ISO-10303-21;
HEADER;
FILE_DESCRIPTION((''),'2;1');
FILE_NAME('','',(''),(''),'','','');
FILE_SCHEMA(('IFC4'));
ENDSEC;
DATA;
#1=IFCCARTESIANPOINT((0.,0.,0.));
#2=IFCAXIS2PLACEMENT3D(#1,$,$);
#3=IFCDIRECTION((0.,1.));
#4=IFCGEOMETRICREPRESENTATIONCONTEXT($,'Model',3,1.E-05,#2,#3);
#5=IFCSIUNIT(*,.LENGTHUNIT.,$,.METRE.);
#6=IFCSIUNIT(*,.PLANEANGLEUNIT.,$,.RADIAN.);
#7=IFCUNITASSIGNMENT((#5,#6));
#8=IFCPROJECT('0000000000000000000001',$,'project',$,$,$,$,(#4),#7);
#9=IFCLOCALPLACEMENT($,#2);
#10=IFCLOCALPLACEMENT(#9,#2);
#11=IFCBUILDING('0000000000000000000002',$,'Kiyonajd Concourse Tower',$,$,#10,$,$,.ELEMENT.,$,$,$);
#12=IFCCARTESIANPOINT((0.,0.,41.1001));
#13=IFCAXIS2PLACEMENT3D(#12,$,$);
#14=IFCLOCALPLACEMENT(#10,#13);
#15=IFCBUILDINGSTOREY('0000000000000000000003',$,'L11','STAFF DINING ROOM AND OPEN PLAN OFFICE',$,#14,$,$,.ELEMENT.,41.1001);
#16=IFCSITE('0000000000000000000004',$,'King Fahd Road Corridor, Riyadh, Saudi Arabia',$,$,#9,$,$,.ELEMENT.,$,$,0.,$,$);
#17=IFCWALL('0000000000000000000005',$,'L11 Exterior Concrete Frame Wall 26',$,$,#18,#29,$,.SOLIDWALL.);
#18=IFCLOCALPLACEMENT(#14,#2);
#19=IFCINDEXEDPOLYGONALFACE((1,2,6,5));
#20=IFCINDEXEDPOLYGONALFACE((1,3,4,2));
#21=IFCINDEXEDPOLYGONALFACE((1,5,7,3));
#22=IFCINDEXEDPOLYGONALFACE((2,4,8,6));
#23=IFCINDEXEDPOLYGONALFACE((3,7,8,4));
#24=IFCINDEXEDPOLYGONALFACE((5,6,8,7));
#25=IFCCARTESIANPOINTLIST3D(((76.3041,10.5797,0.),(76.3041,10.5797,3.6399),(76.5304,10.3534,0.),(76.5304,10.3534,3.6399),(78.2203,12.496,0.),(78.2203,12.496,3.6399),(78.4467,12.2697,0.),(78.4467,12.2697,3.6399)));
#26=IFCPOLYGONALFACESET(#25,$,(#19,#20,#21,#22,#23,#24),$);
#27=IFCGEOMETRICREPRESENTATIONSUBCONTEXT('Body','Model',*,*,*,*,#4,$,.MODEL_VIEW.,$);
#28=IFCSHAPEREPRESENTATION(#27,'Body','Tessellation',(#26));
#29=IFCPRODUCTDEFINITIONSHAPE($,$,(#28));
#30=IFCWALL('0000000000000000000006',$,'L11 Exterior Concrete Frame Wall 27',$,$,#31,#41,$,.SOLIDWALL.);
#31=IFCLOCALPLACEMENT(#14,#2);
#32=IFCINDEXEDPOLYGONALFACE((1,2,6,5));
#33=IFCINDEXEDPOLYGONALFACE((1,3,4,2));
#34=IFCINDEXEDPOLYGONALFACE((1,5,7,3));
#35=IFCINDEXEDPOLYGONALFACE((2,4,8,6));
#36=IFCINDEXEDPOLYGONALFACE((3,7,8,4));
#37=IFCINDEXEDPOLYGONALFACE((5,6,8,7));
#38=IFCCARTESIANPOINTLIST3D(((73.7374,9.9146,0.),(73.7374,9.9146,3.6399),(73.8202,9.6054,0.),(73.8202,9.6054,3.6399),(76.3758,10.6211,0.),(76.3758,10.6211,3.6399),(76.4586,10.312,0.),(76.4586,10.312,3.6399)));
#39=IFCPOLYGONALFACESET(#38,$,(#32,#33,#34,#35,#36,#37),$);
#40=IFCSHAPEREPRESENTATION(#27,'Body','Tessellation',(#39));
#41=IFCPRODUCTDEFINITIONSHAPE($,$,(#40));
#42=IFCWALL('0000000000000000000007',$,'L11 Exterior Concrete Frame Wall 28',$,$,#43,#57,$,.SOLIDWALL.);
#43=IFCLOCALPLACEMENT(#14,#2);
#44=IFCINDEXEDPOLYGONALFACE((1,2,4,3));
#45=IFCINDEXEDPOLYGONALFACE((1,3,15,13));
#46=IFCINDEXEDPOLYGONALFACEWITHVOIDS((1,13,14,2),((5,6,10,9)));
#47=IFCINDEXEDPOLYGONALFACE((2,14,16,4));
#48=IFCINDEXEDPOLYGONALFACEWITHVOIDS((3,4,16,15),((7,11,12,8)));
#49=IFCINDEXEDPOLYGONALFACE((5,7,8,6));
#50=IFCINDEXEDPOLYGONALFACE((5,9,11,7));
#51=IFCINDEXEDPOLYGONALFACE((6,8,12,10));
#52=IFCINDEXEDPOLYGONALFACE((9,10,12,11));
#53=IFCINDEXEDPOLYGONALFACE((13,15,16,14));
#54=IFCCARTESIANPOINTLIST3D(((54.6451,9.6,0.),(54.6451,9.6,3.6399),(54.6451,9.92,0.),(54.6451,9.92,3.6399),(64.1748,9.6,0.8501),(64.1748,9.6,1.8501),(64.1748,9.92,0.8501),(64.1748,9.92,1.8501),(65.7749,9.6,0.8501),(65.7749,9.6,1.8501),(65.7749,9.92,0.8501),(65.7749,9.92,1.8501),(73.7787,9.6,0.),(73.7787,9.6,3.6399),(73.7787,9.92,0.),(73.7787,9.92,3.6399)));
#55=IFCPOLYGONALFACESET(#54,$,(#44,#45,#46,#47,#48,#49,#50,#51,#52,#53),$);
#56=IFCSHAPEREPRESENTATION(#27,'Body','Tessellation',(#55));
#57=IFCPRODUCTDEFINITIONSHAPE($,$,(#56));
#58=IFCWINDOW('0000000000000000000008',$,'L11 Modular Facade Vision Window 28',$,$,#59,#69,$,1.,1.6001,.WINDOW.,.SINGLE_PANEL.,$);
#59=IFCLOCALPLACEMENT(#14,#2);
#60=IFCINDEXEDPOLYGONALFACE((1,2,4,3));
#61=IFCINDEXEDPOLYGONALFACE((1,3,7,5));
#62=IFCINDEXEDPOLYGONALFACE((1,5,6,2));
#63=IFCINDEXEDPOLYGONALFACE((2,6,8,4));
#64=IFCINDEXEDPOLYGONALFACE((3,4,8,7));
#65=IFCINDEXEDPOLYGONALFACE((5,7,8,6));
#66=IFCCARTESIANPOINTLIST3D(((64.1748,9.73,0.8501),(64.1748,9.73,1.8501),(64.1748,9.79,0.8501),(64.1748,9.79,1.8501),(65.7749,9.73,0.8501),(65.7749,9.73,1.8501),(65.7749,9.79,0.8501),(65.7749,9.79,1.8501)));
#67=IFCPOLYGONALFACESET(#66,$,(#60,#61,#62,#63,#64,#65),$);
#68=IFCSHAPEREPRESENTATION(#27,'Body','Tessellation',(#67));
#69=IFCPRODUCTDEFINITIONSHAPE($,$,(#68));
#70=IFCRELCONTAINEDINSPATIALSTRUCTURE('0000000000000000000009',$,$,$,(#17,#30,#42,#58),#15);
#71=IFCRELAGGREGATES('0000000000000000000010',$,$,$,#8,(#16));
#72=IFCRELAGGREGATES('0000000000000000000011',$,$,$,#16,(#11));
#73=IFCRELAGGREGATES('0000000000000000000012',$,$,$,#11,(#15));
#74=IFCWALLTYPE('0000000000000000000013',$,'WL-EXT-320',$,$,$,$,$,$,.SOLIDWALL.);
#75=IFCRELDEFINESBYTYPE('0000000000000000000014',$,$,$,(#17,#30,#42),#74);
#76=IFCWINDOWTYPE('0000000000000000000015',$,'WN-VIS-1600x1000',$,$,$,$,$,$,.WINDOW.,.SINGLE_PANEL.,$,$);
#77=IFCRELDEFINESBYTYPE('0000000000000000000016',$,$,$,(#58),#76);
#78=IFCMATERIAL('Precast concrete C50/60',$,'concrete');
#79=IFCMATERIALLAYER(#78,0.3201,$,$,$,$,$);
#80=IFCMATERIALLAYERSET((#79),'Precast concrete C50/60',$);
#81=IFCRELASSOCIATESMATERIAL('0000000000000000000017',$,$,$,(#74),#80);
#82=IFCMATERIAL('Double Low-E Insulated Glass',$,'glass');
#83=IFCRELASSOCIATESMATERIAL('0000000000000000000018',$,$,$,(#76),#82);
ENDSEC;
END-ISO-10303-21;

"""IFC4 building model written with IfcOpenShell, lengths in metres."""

from ifc_helpers import new_model, si_unit, direction, frame, frame_2d, origin, place, context, subcontext, project, spatial, rectangle, extrude, material, layer, layer_set, type_object, element, fill, save


model = new_model("IFC4")

# Units and contexts
model_context = context("Model", 3, precision=1e-05, world=origin(), true_north=direction((0.0, 1.0)))
body_context = subcontext(model_context, "Body", "Model", "MODEL_VIEW")
ifc_project = project(units=[si_unit("LENGTHUNIT", "METRE"), si_unit("PLANEANGLEUNIT", "RADIAN")], contexts=[model_context])

# Site, building, storey
site_placement = place(None, origin())
site = spatial("IfcSite", under=ifc_project, at=site_placement, Name="King Fahd Road Corridor, Riyadh, Saudi Arabia", CompositionType="ELEMENT", RefElevation=0.0)
building_placement = place(site_placement, origin())
building = spatial("IfcBuilding", under=site, at=building_placement, Name="Kiyonajd Concourse Tower", CompositionType="ELEMENT")
storey_placement = place(building_placement, frame((0.0, 0.0, 41.1001)))
storey = spatial("IfcBuildingStorey", under=building, at=storey_placement, Name="L11", Description="STAFF DINING ROOM AND OPEN PLAN OFFICE", CompositionType="ELEMENT", Elevation=41.1001)

# Shared definitions
ifc_material_1 = material(Name="Precast concrete C50/60", Category="concrete")

# Shared definitions
ifc_material_2 = material(Name="Double Low-E Insulated Glass", Category="glass")

# Walls
ifc_layer_1 = layer(ifc_material_1, 0.3201)
ifc_layer_set_1 = layer_set([ifc_layer_1], Name="Precast concrete C50/60")
wall_type = type_object("IfcWallType", Name="WL-EXT-320", PredefinedType="SOLIDWALL", material=ifc_layer_set_1)
wall_1_placement = place(storey_placement, frame((78.3335, 12.3828, 0.0), z_axis=(0.0, 0.0, 1.0), x_axis=(-0.707107, -0.707107, 0.0)))
element("IfcWall", 1, at=wall_1_placement, inside=storey, type_object=wall_type, Name="L11 Exterior Concrete Frame Wall 26", PredefinedType="SOLIDWALL", context=body_context, shape_type="SweptSolid", body=[
    extrude(rectangle(XDim=2.71, YDim=0.3201, at=frame_2d((1.355, 0.0))), origin(), (0.0, 0.0, 1.0), 3.6399),
])
wall_2_placement = place(storey_placement, frame((76.4172, 10.4666, 0.0), z_axis=(0.0, 0.0, 1.0), x_axis=(-0.965964, -0.258675, 0.0)))
element("IfcWall", 2, at=wall_2_placement, inside=storey, type_object=wall_type, Name="L11 Exterior Concrete Frame Wall 27", PredefinedType="SOLIDWALL", context=body_context, shape_type="SweptSolid", body=[
    extrude(rectangle(XDim=2.7314, YDim=0.3201, at=frame_2d((1.3657, 0.0))), origin(), (0.0, 0.0, 1.0), 3.6399),
])

# Wall, opening, window
wall_3_placement = place(storey_placement, frame((73.7788, 9.76, 0.0), z_axis=(0.0, 0.0, 1.0), x_axis=(-1.0, 0.0, 0.0)))
wall_3 = element("IfcWall", 3, at=wall_3_placement, inside=storey, type_object=wall_type, Name="L11 Exterior Concrete Frame Wall 28", PredefinedType="SOLIDWALL", context=body_context, shape_type="SweptSolid", body=[
    extrude(rectangle(XDim=19.1335, YDim=0.3201, at=frame_2d((9.5669, 0.0))), origin(), (0.0, 0.0, 1.0), 3.6399),
])
opening_placement = place(wall_3_placement, frame((8.0039, 0.0, 0.8501)))
opening = element("IfcOpeningElement", 4, at=opening_placement, cuts=wall_3, PredefinedType="OPENING", context=body_context, shape_type="SweptSolid", body=[
    extrude(rectangle(XDim=1.6001, YDim=1.0, at=frame_2d((0.8, 0.5))), frame((0.0, 0.1699, 0.0), z_axis=(0.0, -1.0, 0.0), x_axis=(1.0, 0.0, 0.0)), (0.0, 0.0, 1.0), 0.3401),
])
window_type = type_object("IfcWindowType", Name="WN-VIS-1600x1000", PartitioningType="SINGLE_PANEL", PredefinedType="WINDOW", material=ifc_material_2)
window_placement = place(opening_placement, origin())
window = element("IfcWindow", 5, at=window_placement, inside=storey, type_object=window_type, Name="L11 Modular Facade Vision Window 28", OverallHeight=1.0, OverallWidth=1.6001, PartitioningType="SINGLE_PANEL", PredefinedType="WINDOW", context=body_context, shape_type="SweptSolid", body=[
    extrude(rectangle(XDim=1.6001, YDim=1.0, at=frame_2d((0.8, 0.5))), frame((0.0, 0.03, 0.0), z_axis=(0.0, -1.0, 0.0), x_axis=(1.0, 0.0, 0.0)), (0.0, 0.0, 1.0), 0.0601),
])
fill(opening, window)

save(model, "model.ifc")
